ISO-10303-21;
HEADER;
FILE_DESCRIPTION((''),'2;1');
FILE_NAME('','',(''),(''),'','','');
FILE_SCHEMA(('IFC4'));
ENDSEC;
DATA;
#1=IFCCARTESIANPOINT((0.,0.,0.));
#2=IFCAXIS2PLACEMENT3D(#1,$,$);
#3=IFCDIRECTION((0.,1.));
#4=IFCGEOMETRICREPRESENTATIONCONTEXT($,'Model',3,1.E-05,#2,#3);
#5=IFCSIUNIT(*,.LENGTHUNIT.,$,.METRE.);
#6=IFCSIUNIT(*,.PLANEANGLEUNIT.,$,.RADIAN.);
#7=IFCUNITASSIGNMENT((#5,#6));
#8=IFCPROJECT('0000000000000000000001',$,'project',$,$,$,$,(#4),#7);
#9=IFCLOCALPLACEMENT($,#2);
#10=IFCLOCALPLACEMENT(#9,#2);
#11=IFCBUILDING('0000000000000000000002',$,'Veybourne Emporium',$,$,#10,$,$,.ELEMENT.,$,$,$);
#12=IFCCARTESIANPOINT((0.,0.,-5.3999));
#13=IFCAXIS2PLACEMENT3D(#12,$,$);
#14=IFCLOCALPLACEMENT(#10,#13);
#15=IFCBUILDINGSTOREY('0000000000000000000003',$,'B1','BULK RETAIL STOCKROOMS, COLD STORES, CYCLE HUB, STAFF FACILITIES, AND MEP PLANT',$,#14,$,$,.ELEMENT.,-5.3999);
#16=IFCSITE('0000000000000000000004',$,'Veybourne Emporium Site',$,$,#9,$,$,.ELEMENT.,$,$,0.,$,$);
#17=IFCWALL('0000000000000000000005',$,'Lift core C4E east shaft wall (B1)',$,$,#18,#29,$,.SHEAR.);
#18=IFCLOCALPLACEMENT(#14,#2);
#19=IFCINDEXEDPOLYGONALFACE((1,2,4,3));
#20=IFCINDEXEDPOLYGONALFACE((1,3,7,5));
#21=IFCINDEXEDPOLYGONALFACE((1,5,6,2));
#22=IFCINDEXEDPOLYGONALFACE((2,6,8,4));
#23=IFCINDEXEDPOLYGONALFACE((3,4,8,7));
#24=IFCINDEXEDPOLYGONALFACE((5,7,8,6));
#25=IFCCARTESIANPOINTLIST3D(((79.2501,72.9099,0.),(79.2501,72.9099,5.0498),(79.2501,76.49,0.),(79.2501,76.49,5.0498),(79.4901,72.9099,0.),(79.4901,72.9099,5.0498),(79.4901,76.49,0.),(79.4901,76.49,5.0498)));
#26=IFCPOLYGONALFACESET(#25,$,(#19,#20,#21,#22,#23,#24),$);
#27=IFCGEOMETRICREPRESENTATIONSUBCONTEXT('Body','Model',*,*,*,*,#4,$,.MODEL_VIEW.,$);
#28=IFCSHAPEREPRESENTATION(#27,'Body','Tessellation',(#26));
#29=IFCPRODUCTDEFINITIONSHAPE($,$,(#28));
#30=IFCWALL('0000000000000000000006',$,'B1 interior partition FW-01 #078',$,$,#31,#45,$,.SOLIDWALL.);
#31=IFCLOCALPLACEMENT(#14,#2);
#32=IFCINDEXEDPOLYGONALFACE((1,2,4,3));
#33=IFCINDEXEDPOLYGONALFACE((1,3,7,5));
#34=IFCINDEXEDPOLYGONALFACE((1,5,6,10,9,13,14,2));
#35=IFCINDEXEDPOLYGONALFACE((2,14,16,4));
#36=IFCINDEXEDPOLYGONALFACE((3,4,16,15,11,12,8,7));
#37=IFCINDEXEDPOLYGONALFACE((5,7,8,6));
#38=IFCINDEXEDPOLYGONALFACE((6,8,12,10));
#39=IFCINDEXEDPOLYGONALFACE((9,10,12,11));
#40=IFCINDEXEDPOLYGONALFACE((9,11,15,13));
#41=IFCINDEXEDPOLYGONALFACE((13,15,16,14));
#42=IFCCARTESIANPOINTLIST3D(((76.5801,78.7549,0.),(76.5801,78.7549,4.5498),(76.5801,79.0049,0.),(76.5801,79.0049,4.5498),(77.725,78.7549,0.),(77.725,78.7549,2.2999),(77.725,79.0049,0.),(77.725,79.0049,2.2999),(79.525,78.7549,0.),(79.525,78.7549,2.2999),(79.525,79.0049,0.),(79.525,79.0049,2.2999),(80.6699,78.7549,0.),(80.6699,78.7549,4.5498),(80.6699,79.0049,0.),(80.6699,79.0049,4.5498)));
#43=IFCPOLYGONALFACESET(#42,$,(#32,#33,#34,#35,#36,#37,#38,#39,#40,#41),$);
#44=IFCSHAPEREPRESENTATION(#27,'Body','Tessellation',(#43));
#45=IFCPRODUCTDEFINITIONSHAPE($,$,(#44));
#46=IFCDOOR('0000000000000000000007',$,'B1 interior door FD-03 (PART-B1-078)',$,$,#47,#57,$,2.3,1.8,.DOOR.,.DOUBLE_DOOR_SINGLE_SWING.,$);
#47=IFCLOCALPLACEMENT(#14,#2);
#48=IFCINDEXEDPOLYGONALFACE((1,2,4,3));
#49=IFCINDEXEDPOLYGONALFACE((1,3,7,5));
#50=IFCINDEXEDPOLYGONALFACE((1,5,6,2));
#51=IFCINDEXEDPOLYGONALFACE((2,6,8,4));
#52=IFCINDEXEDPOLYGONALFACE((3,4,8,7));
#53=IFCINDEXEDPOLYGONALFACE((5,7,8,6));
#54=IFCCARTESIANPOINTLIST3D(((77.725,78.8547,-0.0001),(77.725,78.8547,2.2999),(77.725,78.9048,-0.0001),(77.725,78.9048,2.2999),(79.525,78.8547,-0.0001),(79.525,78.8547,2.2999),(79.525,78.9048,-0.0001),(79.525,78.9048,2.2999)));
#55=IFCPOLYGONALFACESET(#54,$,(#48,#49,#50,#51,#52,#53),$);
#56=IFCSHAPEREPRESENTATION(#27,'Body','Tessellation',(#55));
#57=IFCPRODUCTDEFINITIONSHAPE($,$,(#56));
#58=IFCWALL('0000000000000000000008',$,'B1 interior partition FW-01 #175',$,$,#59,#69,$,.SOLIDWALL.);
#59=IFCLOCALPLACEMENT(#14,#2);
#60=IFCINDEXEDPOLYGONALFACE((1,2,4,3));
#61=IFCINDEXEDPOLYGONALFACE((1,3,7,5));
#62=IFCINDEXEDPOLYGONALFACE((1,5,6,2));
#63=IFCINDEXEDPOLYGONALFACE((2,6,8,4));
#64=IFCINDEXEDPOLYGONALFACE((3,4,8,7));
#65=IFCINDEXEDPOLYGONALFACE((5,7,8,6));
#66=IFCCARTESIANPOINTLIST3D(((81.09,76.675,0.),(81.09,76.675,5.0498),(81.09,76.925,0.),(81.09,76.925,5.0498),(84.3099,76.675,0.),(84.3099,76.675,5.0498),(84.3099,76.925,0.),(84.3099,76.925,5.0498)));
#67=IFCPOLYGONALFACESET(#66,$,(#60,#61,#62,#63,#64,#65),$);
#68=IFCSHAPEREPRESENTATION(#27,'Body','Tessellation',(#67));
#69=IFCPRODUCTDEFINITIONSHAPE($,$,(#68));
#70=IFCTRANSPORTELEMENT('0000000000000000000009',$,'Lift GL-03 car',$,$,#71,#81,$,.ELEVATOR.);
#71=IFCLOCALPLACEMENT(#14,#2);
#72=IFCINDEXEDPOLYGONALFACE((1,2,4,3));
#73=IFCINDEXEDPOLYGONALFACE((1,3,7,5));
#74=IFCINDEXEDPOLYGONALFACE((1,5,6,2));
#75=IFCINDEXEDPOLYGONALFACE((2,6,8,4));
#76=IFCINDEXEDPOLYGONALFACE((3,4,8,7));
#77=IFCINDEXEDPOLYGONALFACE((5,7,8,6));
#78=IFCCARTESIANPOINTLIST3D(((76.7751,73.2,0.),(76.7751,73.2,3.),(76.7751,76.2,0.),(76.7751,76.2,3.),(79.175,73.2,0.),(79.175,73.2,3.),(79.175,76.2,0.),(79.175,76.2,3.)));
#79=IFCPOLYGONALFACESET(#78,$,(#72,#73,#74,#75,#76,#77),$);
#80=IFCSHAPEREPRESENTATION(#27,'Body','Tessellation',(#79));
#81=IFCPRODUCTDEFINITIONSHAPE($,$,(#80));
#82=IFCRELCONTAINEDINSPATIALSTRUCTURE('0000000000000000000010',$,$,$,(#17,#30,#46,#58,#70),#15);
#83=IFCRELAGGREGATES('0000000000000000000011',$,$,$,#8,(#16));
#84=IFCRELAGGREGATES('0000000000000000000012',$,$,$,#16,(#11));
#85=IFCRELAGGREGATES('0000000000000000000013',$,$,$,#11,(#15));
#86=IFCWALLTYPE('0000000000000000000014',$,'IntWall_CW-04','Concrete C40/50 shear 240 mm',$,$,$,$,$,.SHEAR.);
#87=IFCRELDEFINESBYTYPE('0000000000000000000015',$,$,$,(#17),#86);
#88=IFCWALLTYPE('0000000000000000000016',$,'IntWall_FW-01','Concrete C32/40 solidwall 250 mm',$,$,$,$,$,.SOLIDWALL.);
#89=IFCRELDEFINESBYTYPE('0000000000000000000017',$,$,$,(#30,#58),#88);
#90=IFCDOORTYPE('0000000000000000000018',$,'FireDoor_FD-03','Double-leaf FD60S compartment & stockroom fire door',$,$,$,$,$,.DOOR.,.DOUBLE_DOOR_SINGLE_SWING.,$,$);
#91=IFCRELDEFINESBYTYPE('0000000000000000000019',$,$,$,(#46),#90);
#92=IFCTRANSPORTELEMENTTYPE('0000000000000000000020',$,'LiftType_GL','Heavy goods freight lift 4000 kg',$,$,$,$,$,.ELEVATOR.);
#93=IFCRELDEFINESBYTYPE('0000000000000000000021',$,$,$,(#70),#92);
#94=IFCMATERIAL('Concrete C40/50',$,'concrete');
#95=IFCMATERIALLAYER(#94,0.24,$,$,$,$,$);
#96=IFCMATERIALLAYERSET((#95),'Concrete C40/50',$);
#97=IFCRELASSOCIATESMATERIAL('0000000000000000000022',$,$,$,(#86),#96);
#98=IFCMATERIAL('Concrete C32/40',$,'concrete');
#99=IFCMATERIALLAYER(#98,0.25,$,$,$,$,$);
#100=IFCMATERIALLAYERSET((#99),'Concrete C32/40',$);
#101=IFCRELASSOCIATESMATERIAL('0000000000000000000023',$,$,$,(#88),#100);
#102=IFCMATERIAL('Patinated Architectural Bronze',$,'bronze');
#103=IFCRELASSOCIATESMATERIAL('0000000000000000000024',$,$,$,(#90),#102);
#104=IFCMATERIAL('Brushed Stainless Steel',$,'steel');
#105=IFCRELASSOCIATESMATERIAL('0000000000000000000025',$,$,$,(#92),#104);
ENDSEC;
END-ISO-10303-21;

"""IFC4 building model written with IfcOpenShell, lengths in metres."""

from ifc_helpers import new_model, si_unit, direction, frame, frame_2d, origin, origin_2d, place, context, subcontext, project, spatial, rectangle, extrude, material, layer, layer_set, type_object, element, fill, save


model = new_model("IFC4")

# Units and contexts
model_context = context("Model", 3, precision=1e-05, world=origin(), true_north=direction((0.0, 1.0)))
body_context = subcontext(model_context, "Body", "Model", "MODEL_VIEW")
ifc_project = project(units=[si_unit("LENGTHUNIT", "METRE"), si_unit("PLANEANGLEUNIT", "RADIAN")], contexts=[model_context])

# Site, building, storey
site_placement = place(None, origin())
site = spatial("IfcSite", under=ifc_project, at=site_placement, Name="Veybourne Emporium Site", CompositionType="ELEMENT", RefElevation=0.0)
building_placement = place(site_placement, origin())
building = spatial("IfcBuilding", under=site, at=building_placement, Name="Veybourne Emporium", CompositionType="ELEMENT")
storey_placement = place(building_placement, frame((0.0, 0.0, -5.3999)))
storey = spatial("IfcBuildingStorey", under=building, at=storey_placement, Name="B1", Description="BULK RETAIL STOCKROOMS, COLD STORES, CYCLE HUB, STAFF FACILITIES, AND MEP PLANT", CompositionType="ELEMENT", Elevation=-5.3999)

# Shared definitions
ifc_material_1 = material(Name="Concrete C32/40", Category="concrete")

# Shared definitions
ifc_material_2 = material(Name="Concrete C40/50", Category="concrete")
ifc_layer_1 = layer(ifc_material_2, 0.24)
ifc_layer_set_1 = layer_set([ifc_layer_1], Name="Concrete C40/50")
wall_type_1 = type_object("IfcWallType", Name="IntWall_CW-04", Description="Concrete C40/50 shear 240 mm", PredefinedType="SHEAR", material=ifc_layer_set_1)
ifc_material_3 = material(Name="Patinated Architectural Bronze", Category="bronze")

# Wall
for number, where, z_axis, x_axis, name in (
    (1, (79.3701, 72.9099, 0.0), (0.0, 0.0, 1.0), (0.0, 1.0, 0.0), "Lift core C4E east shaft wall (B1)"),
):
    element("IfcWall", number, at=place(storey_placement, frame(where, z_axis=z_axis, x_axis=x_axis)), inside=storey, type_object=wall_type_1, Name=name, PredefinedType="SHEAR", context=body_context, shape_type="SweptSolid", body=[
        extrude(rectangle(XDim=3.5801, YDim=0.24, at=frame_2d((1.79, 0.0))), origin(), (0.0, 0.0, 1.0), 5.0498),
    ])

# Wall, opening, door
ifc_layer_2 = layer(ifc_material_1, 0.25)
ifc_layer_set_2 = layer_set([ifc_layer_2], Name="Concrete C32/40")
wall_type_2 = type_object("IfcWallType", Name="IntWall_FW-01", Description="Concrete C32/40 solidwall 250 mm", PredefinedType="SOLIDWALL", material=ifc_layer_set_2)
wall_1_placement = place(storey_placement, frame((76.5801, 78.8799, 0.0), z_axis=(0.0, 0.0, 1.0), x_axis=(1.0, 0.0, 0.0)))
wall_1 = element("IfcWall", 2, at=wall_1_placement, inside=storey, type_object=wall_type_2, Name="B1 interior partition FW-01 #078", PredefinedType="SOLIDWALL", context=body_context, shape_type="SweptSolid", body=[
    extrude(rectangle(XDim=4.0898, YDim=0.25, at=frame_2d((2.0449, 0.0))), origin(), (0.0, 0.0, 1.0), 4.5498),
])
opening_1_placement = place(wall_1_placement, frame((1.145, 0.0, 0.0)))
opening_1 = element("IfcOpeningElement", 3, at=opening_1_placement, cuts=wall_1, PredefinedType="OPENING", context=body_context, shape_type="SweptSolid", body=[
    extrude(rectangle(XDim=1.8, YDim=2.3, at=frame_2d((0.8999, 1.1499))), frame((0.0, 0.145, 0.0), z_axis=(0.0, -1.0, 0.0), x_axis=(1.0, 0.0, 0.0)), (0.0, 0.0, 1.0), 0.29),
])
door_type_1 = type_object("IfcDoorType", Name="FireDoor_FD-03", Description="Double-leaf FD60S compartment & stockroom fire door", OperationType="DOUBLE_DOOR_SINGLE_SWING", PredefinedType="DOOR", material=ifc_material_3)
door_1_placement = place(opening_1_placement, origin())
door_1 = element("IfcDoor", 4, at=door_1_placement, inside=storey, type_object=door_type_1, Name="B1 interior door FD-03 (PART-B1-078)", OperationType="DOUBLE_DOOR_SINGLE_SWING", OverallHeight=2.3, OverallWidth=1.8, PredefinedType="DOOR", context=body_context, shape_type="SweptSolid", body=[
    extrude(rectangle(XDim=1.8, YDim=2.3, at=frame_2d((0.8999, 1.1499))), frame((0.0, 0.0249, 0.0), z_axis=(0.0, -1.0, 0.0), x_axis=(1.0, 0.0, 0.0)), (0.0, 0.0, 1.0), 0.05),
])
fill(opening_1, door_1)

# Wall
wall_2_placement = place(storey_placement, frame((81.0901, 76.8, 0.0), z_axis=(0.0, 0.0, 1.0), x_axis=(1.0, 0.0, 0.0)))
element("IfcWall", 5, at=wall_2_placement, inside=storey, type_object=wall_type_2, Name="B1 interior partition FW-01 #175", PredefinedType="SOLIDWALL", context=body_context, shape_type="SweptSolid", body=[
    extrude(rectangle(XDim=3.22, YDim=0.25, at=frame_2d((1.6099, 0.0))), origin(), (0.0, 0.0, 1.0), 5.0498),
])

# Transport element
ifc_material_4 = material(Name="Brushed Stainless Steel", Category="steel")
transport_element_type = type_object("IfcTransportElementType", Name="LiftType_GL", Description="Heavy goods freight lift 4000 kg", PredefinedType="ELEVATOR", material=ifc_material_4)
transport_element_placement = place(storey_placement, frame((77.9751, 74.7, 0.0), z_axis=(0.0, 0.0, 1.0), x_axis=(1.0, 0.0, 0.0)))
element("IfcTransportElement", 6, at=transport_element_placement, inside=storey, type_object=transport_element_type, Name="Lift GL-03 car", PredefinedType="ELEVATOR", context=body_context, shape_type="SweptSolid", body=[
    extrude(rectangle(XDim=2.3999, YDim=3.0, at=origin_2d()), origin(), (0.0, 0.0, 1.0), 3.0),
])

save(model, "model.ifc")
